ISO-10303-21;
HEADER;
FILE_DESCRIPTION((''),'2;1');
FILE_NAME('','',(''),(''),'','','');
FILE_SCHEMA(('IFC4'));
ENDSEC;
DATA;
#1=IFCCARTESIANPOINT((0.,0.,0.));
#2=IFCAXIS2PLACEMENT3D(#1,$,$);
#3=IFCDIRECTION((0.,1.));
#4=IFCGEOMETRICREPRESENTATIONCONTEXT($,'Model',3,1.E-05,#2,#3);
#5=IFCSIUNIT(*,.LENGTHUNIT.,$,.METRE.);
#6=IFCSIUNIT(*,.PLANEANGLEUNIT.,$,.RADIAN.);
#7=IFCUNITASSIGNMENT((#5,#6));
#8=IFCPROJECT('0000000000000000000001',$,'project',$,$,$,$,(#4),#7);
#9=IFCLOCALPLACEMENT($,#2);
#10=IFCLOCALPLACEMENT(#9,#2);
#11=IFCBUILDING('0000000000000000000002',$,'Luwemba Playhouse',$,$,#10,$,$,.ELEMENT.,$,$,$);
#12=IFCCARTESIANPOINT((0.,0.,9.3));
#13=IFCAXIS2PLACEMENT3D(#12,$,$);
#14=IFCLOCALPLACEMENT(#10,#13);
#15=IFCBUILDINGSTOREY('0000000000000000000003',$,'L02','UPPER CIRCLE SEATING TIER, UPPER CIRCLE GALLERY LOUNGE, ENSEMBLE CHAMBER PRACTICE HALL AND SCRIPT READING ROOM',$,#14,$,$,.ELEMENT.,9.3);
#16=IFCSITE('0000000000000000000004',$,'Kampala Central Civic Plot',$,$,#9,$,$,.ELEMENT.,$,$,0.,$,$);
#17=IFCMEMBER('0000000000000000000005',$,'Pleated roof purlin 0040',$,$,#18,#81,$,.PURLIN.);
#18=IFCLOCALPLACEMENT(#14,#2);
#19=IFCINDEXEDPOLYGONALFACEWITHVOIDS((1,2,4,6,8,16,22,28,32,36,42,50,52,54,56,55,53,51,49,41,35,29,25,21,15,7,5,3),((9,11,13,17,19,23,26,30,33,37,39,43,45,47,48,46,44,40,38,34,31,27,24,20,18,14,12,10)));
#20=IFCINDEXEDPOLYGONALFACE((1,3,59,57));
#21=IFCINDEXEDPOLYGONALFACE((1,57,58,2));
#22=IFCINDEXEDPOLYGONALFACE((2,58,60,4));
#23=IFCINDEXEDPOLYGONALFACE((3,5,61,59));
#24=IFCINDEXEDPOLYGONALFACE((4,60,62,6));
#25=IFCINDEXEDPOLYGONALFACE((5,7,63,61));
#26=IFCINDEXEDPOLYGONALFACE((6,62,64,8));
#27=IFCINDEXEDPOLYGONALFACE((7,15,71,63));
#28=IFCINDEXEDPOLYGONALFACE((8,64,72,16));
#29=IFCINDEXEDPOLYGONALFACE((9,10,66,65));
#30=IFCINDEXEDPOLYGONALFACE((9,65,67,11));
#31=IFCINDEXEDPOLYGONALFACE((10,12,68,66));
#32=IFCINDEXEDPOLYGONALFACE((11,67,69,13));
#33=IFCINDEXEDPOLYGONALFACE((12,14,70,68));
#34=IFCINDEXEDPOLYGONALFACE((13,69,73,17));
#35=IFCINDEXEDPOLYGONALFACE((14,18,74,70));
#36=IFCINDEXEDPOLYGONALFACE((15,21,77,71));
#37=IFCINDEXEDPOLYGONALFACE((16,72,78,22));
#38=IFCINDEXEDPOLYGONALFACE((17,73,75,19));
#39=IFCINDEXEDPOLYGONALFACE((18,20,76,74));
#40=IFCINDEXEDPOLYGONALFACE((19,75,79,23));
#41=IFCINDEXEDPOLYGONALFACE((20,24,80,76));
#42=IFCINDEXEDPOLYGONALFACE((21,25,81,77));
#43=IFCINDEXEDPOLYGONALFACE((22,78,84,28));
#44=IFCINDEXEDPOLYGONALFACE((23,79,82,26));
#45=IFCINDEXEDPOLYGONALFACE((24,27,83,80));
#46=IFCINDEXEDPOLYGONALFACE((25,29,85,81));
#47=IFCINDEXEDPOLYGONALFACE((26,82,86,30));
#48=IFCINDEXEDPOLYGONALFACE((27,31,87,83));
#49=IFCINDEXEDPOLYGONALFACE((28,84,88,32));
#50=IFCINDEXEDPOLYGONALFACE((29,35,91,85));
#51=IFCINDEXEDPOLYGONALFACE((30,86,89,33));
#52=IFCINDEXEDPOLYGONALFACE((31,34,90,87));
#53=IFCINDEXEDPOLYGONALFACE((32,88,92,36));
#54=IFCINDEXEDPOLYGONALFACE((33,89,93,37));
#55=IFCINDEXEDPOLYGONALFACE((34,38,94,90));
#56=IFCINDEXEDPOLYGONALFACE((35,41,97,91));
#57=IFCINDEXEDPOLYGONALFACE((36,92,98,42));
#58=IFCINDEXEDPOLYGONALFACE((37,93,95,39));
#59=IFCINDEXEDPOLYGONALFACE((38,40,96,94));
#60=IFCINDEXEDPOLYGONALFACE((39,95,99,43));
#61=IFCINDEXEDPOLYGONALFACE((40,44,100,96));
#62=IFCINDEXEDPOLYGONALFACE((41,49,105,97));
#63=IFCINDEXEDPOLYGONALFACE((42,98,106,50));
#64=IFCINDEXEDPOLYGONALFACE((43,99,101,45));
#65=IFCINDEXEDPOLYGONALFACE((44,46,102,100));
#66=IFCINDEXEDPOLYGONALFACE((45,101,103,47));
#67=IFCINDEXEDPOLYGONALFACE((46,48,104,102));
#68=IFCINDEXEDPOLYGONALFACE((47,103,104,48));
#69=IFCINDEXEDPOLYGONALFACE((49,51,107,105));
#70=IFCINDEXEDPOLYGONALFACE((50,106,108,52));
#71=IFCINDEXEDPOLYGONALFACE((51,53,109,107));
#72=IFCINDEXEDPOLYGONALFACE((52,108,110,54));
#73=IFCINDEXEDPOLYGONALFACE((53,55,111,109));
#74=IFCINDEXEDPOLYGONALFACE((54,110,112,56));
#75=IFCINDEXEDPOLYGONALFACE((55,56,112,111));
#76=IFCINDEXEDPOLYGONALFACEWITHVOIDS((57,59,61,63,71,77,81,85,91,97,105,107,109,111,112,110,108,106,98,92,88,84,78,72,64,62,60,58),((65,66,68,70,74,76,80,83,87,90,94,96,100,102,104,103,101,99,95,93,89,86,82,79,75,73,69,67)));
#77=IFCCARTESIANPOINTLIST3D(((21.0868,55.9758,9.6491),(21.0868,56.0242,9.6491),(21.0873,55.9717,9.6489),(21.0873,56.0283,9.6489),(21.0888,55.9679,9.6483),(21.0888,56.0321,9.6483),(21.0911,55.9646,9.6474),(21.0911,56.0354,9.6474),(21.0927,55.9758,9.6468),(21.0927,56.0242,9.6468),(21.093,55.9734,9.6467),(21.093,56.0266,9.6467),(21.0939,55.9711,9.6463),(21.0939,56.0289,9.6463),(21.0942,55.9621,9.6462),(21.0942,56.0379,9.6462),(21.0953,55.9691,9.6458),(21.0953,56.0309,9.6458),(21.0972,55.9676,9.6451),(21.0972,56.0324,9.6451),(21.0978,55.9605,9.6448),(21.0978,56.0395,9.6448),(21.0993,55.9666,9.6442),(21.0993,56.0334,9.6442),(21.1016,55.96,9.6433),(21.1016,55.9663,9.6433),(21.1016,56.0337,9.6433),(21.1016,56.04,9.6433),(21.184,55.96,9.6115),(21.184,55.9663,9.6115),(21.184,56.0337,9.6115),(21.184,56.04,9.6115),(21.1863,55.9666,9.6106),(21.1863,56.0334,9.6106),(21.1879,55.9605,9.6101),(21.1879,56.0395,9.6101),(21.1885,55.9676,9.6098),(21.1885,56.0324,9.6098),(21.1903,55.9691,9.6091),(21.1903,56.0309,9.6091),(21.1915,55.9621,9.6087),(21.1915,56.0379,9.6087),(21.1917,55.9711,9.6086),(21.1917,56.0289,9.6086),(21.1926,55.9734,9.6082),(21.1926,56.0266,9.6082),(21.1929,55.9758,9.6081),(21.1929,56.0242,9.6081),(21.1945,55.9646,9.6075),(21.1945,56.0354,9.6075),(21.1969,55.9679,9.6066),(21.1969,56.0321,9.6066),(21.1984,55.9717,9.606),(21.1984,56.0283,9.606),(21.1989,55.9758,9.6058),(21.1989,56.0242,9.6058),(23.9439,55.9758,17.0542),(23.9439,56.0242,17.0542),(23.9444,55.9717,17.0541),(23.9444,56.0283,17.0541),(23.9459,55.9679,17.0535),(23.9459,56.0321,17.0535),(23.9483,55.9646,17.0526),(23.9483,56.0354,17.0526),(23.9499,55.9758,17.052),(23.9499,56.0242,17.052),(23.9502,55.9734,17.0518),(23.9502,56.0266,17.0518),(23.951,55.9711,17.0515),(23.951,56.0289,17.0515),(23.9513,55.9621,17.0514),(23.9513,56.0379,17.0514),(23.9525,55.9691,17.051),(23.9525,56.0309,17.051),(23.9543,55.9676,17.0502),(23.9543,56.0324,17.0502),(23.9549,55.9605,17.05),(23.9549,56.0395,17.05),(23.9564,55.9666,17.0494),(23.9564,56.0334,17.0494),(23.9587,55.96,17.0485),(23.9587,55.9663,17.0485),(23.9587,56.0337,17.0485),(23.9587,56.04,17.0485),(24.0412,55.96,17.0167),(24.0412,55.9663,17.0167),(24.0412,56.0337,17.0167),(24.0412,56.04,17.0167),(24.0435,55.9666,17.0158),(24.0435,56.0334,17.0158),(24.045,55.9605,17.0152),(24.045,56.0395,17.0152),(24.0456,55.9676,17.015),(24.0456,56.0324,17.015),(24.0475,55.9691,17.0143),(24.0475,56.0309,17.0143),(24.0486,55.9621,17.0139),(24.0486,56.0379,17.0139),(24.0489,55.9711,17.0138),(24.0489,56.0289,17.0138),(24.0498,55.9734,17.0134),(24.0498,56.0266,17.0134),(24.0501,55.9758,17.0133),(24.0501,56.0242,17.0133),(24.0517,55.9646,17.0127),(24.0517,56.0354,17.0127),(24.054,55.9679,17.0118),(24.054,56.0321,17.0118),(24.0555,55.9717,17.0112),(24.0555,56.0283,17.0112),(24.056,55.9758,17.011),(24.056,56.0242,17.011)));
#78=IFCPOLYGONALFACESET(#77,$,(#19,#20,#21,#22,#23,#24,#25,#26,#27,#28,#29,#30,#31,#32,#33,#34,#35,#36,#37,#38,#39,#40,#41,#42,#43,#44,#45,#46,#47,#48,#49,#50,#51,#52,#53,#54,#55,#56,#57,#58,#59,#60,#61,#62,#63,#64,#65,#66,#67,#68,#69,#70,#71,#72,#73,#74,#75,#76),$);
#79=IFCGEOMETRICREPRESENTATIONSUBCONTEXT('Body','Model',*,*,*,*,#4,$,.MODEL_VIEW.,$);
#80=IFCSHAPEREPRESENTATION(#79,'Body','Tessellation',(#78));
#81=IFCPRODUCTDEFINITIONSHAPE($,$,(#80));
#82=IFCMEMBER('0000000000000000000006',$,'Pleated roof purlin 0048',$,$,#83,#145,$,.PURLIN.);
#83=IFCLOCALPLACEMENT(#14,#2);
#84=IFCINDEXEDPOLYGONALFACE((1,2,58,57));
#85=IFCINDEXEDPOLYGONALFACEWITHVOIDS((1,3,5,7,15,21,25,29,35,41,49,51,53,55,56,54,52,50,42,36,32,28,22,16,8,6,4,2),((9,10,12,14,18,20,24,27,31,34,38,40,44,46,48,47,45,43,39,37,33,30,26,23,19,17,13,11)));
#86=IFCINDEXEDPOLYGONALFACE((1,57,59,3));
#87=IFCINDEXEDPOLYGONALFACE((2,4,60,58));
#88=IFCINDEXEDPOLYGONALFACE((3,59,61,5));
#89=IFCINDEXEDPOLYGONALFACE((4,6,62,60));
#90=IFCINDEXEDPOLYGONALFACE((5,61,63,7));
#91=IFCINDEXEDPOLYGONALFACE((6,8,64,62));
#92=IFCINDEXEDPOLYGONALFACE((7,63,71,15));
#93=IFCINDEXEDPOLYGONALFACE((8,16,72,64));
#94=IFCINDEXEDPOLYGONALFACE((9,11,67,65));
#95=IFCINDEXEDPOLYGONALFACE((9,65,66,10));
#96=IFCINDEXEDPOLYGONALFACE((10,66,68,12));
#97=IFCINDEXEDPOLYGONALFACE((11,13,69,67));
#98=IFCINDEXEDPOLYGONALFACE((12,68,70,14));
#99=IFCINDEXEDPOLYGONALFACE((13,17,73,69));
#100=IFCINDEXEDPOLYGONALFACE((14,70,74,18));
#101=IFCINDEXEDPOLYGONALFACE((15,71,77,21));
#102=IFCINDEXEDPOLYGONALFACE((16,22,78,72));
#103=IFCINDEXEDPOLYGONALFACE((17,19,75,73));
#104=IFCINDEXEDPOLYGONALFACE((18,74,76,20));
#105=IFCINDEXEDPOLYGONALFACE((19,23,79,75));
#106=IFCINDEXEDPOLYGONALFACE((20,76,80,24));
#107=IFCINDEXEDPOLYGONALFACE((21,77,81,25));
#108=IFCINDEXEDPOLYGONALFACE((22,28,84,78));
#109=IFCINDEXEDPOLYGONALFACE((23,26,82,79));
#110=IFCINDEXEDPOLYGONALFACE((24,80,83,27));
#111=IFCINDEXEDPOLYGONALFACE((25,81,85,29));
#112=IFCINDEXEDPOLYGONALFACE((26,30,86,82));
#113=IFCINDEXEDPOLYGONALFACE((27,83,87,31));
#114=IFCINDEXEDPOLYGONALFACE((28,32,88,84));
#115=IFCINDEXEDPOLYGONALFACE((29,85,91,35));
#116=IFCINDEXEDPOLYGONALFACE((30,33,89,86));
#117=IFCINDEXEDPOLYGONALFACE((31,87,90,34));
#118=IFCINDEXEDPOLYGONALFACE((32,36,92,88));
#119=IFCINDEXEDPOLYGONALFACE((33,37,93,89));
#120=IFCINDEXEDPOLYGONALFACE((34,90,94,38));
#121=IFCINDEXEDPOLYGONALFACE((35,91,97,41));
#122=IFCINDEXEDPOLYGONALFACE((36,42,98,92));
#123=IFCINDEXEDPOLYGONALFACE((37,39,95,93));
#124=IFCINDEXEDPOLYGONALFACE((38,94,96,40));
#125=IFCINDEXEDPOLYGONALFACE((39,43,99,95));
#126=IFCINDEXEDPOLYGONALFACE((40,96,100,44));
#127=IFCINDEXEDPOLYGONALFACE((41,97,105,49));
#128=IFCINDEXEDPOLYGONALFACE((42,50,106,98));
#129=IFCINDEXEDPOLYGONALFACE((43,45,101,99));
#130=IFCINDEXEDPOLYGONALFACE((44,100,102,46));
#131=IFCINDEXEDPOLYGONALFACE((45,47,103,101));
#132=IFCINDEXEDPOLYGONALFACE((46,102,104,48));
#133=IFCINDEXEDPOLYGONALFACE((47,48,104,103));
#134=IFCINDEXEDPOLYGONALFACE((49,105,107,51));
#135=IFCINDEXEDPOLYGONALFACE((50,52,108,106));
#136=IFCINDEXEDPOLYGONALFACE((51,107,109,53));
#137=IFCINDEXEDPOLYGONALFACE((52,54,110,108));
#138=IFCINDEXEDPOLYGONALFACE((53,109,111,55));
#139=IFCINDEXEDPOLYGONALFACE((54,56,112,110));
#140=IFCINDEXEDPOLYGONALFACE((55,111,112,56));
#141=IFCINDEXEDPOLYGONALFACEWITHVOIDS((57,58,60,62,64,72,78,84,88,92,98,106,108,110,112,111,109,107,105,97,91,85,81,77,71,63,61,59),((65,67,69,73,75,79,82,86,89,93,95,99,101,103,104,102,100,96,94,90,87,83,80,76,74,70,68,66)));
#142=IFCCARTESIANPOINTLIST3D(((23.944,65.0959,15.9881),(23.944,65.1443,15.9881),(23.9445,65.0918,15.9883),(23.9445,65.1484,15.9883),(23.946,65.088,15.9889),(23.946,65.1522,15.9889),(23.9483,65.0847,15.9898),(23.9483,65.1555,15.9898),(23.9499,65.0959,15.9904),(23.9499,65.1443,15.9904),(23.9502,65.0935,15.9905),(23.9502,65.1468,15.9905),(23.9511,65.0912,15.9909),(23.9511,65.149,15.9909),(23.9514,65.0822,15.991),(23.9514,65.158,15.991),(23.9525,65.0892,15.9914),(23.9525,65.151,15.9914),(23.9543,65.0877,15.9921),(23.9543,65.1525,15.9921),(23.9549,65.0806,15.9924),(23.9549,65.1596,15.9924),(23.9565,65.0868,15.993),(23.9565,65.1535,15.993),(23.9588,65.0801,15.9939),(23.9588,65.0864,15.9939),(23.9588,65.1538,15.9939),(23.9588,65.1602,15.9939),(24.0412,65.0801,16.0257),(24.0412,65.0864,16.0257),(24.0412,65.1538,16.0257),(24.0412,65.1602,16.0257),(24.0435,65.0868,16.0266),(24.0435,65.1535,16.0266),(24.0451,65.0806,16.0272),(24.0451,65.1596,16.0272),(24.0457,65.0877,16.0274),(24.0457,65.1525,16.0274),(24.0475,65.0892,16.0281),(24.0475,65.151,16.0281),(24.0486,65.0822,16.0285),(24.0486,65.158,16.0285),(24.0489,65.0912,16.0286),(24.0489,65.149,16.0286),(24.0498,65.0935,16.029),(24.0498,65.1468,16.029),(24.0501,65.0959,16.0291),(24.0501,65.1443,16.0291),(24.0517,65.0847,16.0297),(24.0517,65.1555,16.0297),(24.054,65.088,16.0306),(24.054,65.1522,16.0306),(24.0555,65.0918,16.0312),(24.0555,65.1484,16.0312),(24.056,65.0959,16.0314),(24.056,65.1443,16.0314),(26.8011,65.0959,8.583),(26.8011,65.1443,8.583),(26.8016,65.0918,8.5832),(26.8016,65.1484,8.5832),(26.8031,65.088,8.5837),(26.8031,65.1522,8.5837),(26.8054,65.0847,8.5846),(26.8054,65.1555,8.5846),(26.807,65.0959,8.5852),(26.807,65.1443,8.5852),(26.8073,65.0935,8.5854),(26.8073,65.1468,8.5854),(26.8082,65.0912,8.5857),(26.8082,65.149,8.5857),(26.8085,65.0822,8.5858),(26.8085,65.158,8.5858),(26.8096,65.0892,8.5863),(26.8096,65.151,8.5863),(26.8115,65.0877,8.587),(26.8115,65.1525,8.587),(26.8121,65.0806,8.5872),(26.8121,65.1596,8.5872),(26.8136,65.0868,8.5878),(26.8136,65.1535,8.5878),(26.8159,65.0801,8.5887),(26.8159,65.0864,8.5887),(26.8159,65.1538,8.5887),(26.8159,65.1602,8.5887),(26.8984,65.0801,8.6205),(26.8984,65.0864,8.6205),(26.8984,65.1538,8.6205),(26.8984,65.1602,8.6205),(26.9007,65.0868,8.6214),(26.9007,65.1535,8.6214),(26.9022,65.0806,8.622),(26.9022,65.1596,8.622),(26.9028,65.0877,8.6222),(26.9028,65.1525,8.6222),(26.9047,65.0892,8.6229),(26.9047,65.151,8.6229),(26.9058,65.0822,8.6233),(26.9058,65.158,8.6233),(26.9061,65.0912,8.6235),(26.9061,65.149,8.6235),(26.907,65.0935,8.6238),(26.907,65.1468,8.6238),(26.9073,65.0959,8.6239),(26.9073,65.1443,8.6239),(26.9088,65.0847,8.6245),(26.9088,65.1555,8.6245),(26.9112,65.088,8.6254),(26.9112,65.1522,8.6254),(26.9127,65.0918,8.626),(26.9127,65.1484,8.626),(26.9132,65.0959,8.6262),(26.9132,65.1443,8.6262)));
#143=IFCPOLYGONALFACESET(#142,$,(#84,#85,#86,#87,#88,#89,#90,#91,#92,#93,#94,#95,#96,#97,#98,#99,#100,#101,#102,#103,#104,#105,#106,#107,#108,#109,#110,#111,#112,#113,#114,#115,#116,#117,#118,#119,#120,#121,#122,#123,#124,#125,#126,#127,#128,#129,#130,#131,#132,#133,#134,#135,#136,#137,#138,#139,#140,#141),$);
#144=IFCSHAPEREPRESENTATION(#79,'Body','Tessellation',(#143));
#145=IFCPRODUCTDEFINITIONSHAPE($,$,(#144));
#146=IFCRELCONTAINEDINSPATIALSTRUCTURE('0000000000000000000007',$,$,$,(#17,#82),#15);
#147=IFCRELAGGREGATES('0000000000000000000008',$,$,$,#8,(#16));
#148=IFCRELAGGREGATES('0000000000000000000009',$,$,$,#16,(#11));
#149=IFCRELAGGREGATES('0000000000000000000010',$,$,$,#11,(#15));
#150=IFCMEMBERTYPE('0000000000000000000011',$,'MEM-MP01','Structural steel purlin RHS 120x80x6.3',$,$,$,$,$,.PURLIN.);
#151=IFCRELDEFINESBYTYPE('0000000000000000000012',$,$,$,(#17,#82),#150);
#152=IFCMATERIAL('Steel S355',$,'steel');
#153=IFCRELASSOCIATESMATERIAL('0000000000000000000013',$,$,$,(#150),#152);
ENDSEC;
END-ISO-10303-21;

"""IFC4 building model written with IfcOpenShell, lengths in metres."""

from ifc_helpers import new_model, si_unit, direction, frame, origin, origin_2d, place, context, subcontext, project, spatial, hollow_rectangle, extrude, material, material_profile, profile_set, type_object, element, save


model = new_model("IFC4")

# Units and contexts
model_context = context("Model", 3, precision=1e-05, world=origin(), true_north=direction((0.0, 1.0)))
body_context = subcontext(model_context, "Body", "Model", "MODEL_VIEW")
ifc_project = project(units=[si_unit("LENGTHUNIT", "METRE"), si_unit("PLANEANGLEUNIT", "RADIAN")], contexts=[model_context])

# Site, building, storey
site_placement = place(None, origin())
site = spatial("IfcSite", under=ifc_project, at=site_placement, Name="Kampala Central Civic Plot", CompositionType="ELEMENT", RefElevation=0.0)
building_placement = place(site_placement, origin())
building = spatial("IfcBuilding", under=site, at=building_placement, Name="Luwemba Playhouse", CompositionType="ELEMENT")
storey_placement = place(building_placement, frame((0.0, 0.0, 9.3)))
storey = spatial("IfcBuildingStorey", under=building, at=storey_placement, Name="L02", Description="UPPER CIRCLE SEATING TIER, UPPER CIRCLE GALLERY LOUNGE, ENSEMBLE CHAMBER PRACTICE HALL AND SCRIPT READING ROOM", CompositionType="ELEMENT", Elevation=9.3)

# Shared definitions
ifc_material_1 = material(Name="Steel S355", Category="steel")

# Members
ifc_material_profile_1 = material_profile(ifc_material_1, hollow_rectangle(XDim=0.0801, YDim=0.1201, WallThickness=0.0063, InnerFilletRadius=0.0095, OuterFilletRadius=0.0159, at=origin_2d()))
ifc_profile_set_1 = profile_set([ifc_material_profile_1], Name="Steel S355")
member_type_1 = type_object("IfcMemberType", Name="MEM-MP01", Description="Structural steel purlin RHS 120x80x6.3", PredefinedType="PURLIN", material=ifc_profile_set_1)
for number, where, z_axis, x_axis, name in (
    (1, (21.1428, 56.0, 9.6274), (0.359966, 0.0, 0.932965), (0.0, 1.0, 0.0), "Pleated roof purlin 0040"),
    (2, (24.0, 65.1201, 16.0098), (0.359966, 0.0, -0.932965), (0.0, 1.0, 0.0), "Pleated roof purlin 0048"),
):
    element("IfcMember", number, at=place(storey_placement, frame(where, z_axis=z_axis, x_axis=x_axis)), inside=storey, type_object=member_type_1, Name=name, PredefinedType="PURLIN", context=body_context, shape_type="SweptSolid", body=[
        extrude(hollow_rectangle(XDim=0.0801, YDim=0.1201, WallThickness=0.0063, InnerFilletRadius=0.0095, OuterFilletRadius=0.0159, at=origin_2d()), origin(), (0.0, 0.0, 1.0), 7.9373),
    ])

save(model, "model.ifc")
